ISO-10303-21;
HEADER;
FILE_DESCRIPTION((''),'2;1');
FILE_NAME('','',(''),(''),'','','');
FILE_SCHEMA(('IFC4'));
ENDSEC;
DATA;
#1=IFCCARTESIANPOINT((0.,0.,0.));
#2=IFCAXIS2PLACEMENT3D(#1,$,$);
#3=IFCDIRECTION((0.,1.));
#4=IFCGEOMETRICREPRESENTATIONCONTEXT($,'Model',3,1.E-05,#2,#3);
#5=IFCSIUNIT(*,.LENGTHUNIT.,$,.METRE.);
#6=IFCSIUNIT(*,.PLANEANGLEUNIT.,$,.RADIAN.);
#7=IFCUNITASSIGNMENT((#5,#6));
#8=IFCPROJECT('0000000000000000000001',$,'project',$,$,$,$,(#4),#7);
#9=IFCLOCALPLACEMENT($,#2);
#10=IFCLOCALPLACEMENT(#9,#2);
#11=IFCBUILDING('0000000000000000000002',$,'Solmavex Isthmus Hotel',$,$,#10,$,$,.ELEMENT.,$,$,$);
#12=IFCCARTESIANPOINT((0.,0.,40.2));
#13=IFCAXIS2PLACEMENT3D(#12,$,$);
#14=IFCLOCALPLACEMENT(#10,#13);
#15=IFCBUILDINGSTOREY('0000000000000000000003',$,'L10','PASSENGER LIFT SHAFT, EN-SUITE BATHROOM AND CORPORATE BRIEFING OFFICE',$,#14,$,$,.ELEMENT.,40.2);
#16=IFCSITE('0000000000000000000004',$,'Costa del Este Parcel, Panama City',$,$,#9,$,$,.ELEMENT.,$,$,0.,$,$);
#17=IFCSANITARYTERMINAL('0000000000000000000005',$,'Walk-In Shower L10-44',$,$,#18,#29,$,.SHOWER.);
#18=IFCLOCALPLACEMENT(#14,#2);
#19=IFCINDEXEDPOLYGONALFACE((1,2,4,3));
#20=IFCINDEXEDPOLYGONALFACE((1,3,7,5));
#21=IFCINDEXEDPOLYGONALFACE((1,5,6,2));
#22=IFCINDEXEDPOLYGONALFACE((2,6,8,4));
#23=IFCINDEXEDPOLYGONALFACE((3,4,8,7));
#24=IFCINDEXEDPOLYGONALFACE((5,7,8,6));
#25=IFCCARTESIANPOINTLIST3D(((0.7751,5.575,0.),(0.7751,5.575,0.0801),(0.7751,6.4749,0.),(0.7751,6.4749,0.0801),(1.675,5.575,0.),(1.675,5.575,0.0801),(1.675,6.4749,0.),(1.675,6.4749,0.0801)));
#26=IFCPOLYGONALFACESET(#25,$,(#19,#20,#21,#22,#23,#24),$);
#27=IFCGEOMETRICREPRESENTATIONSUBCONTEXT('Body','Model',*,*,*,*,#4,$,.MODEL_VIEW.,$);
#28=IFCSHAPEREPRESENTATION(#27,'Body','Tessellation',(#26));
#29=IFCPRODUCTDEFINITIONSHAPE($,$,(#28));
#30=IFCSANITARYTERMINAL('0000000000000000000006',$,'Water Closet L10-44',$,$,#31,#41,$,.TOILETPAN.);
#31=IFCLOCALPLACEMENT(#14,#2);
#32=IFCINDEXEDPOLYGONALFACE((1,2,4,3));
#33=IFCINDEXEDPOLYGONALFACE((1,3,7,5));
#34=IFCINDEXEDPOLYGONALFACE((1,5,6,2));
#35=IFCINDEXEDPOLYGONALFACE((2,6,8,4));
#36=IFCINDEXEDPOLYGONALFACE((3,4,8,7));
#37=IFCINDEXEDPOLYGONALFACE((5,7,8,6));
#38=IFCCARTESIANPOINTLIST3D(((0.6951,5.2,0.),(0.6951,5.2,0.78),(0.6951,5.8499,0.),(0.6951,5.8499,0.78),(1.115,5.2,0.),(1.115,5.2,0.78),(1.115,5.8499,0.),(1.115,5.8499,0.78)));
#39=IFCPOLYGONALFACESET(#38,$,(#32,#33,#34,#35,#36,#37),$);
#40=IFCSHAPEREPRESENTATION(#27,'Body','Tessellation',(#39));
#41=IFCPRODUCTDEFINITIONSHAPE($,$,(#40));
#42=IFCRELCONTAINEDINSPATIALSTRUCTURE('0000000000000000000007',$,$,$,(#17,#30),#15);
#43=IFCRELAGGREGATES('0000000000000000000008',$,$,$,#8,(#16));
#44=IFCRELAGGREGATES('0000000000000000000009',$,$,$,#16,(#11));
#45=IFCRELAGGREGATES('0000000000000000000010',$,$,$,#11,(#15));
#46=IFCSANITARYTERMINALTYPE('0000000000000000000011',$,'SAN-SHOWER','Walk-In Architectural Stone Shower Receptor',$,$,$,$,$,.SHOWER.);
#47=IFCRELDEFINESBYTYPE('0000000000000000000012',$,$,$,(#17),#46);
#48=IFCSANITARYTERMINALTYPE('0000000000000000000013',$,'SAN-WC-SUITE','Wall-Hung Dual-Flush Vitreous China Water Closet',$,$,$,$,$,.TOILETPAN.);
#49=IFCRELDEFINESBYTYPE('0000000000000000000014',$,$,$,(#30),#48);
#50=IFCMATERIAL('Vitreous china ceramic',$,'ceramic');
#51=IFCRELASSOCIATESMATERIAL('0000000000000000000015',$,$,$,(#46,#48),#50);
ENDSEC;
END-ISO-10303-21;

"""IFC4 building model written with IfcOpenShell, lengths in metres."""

from ifc_helpers import new_model, si_unit, direction, frame, origin, origin_2d, place, context, subcontext, project, spatial, rectangle, extrude, material, type_object, element, save


model = new_model("IFC4")

# Units and contexts
model_context = context("Model", 3, precision=1e-05, world=origin(), true_north=direction((0.0, 1.0)))
body_context = subcontext(model_context, "Body", "Model", "MODEL_VIEW")
ifc_project = project(units=[si_unit("LENGTHUNIT", "METRE"), si_unit("PLANEANGLEUNIT", "RADIAN")], contexts=[model_context])

# Site, building, storey
site_placement = place(None, origin())
site = spatial("IfcSite", under=ifc_project, at=site_placement, Name="Costa del Este Parcel, Panama City", CompositionType="ELEMENT", RefElevation=0.0)
building_placement = place(site_placement, origin())
building = spatial("IfcBuilding", under=site, at=building_placement, Name="Solmavex Isthmus Hotel", CompositionType="ELEMENT")
storey_placement = place(building_placement, frame((0.0, 0.0, 40.2)))
storey = spatial("IfcBuildingStorey", under=building, at=storey_placement, Name="L10", Description="PASSENGER LIFT SHAFT, EN-SUITE BATHROOM AND CORPORATE BRIEFING OFFICE", CompositionType="ELEMENT", Elevation=40.2)

# Sanitary terminals
ifc_material_1 = material(Name="Vitreous china ceramic", Category="ceramic")
sanitary_terminal_type_1 = type_object("IfcSanitaryTerminalType", Name="SAN-SHOWER", Description="Walk-In Architectural Stone Shower Receptor", PredefinedType="SHOWER", material=ifc_material_1)
sanitary_terminal_1_placement = place(storey_placement, frame((1.2251, 6.0249, 0.0), z_axis=(0.0, 0.0, 1.0), x_axis=(1.0, 0.0, 0.0)))
element("IfcSanitaryTerminal", 1, at=sanitary_terminal_1_placement, inside=storey, type_object=sanitary_terminal_type_1, Name="Walk-In Shower L10-44", PredefinedType="SHOWER", context=body_context, shape_type="SweptSolid", body=[
    extrude(rectangle(XDim=0.8999, YDim=0.8999, at=origin_2d()), origin(), (0.0, 0.0, 1.0), 0.0801),
])
sanitary_terminal_type_2 = type_object("IfcSanitaryTerminalType", Name="SAN-WC-SUITE", Description="Wall-Hung Dual-Flush Vitreous China Water Closet", PredefinedType="TOILETPAN", material=ifc_material_1)
sanitary_terminal_2_placement = place(storey_placement, frame((0.905, 5.5249, 0.0), z_axis=(0.0, 0.0, 1.0), x_axis=(1.0, 0.0, 0.0)))
element("IfcSanitaryTerminal", 2, at=sanitary_terminal_2_placement, inside=storey, type_object=sanitary_terminal_type_2, Name="Water Closet L10-44", PredefinedType="TOILETPAN", context=body_context, shape_type="SweptSolid", body=[
    extrude(rectangle(XDim=0.4199, YDim=0.6499, at=origin_2d()), origin(), (0.0, 0.0, 1.0), 0.78),
])

save(model, "model.ifc")
